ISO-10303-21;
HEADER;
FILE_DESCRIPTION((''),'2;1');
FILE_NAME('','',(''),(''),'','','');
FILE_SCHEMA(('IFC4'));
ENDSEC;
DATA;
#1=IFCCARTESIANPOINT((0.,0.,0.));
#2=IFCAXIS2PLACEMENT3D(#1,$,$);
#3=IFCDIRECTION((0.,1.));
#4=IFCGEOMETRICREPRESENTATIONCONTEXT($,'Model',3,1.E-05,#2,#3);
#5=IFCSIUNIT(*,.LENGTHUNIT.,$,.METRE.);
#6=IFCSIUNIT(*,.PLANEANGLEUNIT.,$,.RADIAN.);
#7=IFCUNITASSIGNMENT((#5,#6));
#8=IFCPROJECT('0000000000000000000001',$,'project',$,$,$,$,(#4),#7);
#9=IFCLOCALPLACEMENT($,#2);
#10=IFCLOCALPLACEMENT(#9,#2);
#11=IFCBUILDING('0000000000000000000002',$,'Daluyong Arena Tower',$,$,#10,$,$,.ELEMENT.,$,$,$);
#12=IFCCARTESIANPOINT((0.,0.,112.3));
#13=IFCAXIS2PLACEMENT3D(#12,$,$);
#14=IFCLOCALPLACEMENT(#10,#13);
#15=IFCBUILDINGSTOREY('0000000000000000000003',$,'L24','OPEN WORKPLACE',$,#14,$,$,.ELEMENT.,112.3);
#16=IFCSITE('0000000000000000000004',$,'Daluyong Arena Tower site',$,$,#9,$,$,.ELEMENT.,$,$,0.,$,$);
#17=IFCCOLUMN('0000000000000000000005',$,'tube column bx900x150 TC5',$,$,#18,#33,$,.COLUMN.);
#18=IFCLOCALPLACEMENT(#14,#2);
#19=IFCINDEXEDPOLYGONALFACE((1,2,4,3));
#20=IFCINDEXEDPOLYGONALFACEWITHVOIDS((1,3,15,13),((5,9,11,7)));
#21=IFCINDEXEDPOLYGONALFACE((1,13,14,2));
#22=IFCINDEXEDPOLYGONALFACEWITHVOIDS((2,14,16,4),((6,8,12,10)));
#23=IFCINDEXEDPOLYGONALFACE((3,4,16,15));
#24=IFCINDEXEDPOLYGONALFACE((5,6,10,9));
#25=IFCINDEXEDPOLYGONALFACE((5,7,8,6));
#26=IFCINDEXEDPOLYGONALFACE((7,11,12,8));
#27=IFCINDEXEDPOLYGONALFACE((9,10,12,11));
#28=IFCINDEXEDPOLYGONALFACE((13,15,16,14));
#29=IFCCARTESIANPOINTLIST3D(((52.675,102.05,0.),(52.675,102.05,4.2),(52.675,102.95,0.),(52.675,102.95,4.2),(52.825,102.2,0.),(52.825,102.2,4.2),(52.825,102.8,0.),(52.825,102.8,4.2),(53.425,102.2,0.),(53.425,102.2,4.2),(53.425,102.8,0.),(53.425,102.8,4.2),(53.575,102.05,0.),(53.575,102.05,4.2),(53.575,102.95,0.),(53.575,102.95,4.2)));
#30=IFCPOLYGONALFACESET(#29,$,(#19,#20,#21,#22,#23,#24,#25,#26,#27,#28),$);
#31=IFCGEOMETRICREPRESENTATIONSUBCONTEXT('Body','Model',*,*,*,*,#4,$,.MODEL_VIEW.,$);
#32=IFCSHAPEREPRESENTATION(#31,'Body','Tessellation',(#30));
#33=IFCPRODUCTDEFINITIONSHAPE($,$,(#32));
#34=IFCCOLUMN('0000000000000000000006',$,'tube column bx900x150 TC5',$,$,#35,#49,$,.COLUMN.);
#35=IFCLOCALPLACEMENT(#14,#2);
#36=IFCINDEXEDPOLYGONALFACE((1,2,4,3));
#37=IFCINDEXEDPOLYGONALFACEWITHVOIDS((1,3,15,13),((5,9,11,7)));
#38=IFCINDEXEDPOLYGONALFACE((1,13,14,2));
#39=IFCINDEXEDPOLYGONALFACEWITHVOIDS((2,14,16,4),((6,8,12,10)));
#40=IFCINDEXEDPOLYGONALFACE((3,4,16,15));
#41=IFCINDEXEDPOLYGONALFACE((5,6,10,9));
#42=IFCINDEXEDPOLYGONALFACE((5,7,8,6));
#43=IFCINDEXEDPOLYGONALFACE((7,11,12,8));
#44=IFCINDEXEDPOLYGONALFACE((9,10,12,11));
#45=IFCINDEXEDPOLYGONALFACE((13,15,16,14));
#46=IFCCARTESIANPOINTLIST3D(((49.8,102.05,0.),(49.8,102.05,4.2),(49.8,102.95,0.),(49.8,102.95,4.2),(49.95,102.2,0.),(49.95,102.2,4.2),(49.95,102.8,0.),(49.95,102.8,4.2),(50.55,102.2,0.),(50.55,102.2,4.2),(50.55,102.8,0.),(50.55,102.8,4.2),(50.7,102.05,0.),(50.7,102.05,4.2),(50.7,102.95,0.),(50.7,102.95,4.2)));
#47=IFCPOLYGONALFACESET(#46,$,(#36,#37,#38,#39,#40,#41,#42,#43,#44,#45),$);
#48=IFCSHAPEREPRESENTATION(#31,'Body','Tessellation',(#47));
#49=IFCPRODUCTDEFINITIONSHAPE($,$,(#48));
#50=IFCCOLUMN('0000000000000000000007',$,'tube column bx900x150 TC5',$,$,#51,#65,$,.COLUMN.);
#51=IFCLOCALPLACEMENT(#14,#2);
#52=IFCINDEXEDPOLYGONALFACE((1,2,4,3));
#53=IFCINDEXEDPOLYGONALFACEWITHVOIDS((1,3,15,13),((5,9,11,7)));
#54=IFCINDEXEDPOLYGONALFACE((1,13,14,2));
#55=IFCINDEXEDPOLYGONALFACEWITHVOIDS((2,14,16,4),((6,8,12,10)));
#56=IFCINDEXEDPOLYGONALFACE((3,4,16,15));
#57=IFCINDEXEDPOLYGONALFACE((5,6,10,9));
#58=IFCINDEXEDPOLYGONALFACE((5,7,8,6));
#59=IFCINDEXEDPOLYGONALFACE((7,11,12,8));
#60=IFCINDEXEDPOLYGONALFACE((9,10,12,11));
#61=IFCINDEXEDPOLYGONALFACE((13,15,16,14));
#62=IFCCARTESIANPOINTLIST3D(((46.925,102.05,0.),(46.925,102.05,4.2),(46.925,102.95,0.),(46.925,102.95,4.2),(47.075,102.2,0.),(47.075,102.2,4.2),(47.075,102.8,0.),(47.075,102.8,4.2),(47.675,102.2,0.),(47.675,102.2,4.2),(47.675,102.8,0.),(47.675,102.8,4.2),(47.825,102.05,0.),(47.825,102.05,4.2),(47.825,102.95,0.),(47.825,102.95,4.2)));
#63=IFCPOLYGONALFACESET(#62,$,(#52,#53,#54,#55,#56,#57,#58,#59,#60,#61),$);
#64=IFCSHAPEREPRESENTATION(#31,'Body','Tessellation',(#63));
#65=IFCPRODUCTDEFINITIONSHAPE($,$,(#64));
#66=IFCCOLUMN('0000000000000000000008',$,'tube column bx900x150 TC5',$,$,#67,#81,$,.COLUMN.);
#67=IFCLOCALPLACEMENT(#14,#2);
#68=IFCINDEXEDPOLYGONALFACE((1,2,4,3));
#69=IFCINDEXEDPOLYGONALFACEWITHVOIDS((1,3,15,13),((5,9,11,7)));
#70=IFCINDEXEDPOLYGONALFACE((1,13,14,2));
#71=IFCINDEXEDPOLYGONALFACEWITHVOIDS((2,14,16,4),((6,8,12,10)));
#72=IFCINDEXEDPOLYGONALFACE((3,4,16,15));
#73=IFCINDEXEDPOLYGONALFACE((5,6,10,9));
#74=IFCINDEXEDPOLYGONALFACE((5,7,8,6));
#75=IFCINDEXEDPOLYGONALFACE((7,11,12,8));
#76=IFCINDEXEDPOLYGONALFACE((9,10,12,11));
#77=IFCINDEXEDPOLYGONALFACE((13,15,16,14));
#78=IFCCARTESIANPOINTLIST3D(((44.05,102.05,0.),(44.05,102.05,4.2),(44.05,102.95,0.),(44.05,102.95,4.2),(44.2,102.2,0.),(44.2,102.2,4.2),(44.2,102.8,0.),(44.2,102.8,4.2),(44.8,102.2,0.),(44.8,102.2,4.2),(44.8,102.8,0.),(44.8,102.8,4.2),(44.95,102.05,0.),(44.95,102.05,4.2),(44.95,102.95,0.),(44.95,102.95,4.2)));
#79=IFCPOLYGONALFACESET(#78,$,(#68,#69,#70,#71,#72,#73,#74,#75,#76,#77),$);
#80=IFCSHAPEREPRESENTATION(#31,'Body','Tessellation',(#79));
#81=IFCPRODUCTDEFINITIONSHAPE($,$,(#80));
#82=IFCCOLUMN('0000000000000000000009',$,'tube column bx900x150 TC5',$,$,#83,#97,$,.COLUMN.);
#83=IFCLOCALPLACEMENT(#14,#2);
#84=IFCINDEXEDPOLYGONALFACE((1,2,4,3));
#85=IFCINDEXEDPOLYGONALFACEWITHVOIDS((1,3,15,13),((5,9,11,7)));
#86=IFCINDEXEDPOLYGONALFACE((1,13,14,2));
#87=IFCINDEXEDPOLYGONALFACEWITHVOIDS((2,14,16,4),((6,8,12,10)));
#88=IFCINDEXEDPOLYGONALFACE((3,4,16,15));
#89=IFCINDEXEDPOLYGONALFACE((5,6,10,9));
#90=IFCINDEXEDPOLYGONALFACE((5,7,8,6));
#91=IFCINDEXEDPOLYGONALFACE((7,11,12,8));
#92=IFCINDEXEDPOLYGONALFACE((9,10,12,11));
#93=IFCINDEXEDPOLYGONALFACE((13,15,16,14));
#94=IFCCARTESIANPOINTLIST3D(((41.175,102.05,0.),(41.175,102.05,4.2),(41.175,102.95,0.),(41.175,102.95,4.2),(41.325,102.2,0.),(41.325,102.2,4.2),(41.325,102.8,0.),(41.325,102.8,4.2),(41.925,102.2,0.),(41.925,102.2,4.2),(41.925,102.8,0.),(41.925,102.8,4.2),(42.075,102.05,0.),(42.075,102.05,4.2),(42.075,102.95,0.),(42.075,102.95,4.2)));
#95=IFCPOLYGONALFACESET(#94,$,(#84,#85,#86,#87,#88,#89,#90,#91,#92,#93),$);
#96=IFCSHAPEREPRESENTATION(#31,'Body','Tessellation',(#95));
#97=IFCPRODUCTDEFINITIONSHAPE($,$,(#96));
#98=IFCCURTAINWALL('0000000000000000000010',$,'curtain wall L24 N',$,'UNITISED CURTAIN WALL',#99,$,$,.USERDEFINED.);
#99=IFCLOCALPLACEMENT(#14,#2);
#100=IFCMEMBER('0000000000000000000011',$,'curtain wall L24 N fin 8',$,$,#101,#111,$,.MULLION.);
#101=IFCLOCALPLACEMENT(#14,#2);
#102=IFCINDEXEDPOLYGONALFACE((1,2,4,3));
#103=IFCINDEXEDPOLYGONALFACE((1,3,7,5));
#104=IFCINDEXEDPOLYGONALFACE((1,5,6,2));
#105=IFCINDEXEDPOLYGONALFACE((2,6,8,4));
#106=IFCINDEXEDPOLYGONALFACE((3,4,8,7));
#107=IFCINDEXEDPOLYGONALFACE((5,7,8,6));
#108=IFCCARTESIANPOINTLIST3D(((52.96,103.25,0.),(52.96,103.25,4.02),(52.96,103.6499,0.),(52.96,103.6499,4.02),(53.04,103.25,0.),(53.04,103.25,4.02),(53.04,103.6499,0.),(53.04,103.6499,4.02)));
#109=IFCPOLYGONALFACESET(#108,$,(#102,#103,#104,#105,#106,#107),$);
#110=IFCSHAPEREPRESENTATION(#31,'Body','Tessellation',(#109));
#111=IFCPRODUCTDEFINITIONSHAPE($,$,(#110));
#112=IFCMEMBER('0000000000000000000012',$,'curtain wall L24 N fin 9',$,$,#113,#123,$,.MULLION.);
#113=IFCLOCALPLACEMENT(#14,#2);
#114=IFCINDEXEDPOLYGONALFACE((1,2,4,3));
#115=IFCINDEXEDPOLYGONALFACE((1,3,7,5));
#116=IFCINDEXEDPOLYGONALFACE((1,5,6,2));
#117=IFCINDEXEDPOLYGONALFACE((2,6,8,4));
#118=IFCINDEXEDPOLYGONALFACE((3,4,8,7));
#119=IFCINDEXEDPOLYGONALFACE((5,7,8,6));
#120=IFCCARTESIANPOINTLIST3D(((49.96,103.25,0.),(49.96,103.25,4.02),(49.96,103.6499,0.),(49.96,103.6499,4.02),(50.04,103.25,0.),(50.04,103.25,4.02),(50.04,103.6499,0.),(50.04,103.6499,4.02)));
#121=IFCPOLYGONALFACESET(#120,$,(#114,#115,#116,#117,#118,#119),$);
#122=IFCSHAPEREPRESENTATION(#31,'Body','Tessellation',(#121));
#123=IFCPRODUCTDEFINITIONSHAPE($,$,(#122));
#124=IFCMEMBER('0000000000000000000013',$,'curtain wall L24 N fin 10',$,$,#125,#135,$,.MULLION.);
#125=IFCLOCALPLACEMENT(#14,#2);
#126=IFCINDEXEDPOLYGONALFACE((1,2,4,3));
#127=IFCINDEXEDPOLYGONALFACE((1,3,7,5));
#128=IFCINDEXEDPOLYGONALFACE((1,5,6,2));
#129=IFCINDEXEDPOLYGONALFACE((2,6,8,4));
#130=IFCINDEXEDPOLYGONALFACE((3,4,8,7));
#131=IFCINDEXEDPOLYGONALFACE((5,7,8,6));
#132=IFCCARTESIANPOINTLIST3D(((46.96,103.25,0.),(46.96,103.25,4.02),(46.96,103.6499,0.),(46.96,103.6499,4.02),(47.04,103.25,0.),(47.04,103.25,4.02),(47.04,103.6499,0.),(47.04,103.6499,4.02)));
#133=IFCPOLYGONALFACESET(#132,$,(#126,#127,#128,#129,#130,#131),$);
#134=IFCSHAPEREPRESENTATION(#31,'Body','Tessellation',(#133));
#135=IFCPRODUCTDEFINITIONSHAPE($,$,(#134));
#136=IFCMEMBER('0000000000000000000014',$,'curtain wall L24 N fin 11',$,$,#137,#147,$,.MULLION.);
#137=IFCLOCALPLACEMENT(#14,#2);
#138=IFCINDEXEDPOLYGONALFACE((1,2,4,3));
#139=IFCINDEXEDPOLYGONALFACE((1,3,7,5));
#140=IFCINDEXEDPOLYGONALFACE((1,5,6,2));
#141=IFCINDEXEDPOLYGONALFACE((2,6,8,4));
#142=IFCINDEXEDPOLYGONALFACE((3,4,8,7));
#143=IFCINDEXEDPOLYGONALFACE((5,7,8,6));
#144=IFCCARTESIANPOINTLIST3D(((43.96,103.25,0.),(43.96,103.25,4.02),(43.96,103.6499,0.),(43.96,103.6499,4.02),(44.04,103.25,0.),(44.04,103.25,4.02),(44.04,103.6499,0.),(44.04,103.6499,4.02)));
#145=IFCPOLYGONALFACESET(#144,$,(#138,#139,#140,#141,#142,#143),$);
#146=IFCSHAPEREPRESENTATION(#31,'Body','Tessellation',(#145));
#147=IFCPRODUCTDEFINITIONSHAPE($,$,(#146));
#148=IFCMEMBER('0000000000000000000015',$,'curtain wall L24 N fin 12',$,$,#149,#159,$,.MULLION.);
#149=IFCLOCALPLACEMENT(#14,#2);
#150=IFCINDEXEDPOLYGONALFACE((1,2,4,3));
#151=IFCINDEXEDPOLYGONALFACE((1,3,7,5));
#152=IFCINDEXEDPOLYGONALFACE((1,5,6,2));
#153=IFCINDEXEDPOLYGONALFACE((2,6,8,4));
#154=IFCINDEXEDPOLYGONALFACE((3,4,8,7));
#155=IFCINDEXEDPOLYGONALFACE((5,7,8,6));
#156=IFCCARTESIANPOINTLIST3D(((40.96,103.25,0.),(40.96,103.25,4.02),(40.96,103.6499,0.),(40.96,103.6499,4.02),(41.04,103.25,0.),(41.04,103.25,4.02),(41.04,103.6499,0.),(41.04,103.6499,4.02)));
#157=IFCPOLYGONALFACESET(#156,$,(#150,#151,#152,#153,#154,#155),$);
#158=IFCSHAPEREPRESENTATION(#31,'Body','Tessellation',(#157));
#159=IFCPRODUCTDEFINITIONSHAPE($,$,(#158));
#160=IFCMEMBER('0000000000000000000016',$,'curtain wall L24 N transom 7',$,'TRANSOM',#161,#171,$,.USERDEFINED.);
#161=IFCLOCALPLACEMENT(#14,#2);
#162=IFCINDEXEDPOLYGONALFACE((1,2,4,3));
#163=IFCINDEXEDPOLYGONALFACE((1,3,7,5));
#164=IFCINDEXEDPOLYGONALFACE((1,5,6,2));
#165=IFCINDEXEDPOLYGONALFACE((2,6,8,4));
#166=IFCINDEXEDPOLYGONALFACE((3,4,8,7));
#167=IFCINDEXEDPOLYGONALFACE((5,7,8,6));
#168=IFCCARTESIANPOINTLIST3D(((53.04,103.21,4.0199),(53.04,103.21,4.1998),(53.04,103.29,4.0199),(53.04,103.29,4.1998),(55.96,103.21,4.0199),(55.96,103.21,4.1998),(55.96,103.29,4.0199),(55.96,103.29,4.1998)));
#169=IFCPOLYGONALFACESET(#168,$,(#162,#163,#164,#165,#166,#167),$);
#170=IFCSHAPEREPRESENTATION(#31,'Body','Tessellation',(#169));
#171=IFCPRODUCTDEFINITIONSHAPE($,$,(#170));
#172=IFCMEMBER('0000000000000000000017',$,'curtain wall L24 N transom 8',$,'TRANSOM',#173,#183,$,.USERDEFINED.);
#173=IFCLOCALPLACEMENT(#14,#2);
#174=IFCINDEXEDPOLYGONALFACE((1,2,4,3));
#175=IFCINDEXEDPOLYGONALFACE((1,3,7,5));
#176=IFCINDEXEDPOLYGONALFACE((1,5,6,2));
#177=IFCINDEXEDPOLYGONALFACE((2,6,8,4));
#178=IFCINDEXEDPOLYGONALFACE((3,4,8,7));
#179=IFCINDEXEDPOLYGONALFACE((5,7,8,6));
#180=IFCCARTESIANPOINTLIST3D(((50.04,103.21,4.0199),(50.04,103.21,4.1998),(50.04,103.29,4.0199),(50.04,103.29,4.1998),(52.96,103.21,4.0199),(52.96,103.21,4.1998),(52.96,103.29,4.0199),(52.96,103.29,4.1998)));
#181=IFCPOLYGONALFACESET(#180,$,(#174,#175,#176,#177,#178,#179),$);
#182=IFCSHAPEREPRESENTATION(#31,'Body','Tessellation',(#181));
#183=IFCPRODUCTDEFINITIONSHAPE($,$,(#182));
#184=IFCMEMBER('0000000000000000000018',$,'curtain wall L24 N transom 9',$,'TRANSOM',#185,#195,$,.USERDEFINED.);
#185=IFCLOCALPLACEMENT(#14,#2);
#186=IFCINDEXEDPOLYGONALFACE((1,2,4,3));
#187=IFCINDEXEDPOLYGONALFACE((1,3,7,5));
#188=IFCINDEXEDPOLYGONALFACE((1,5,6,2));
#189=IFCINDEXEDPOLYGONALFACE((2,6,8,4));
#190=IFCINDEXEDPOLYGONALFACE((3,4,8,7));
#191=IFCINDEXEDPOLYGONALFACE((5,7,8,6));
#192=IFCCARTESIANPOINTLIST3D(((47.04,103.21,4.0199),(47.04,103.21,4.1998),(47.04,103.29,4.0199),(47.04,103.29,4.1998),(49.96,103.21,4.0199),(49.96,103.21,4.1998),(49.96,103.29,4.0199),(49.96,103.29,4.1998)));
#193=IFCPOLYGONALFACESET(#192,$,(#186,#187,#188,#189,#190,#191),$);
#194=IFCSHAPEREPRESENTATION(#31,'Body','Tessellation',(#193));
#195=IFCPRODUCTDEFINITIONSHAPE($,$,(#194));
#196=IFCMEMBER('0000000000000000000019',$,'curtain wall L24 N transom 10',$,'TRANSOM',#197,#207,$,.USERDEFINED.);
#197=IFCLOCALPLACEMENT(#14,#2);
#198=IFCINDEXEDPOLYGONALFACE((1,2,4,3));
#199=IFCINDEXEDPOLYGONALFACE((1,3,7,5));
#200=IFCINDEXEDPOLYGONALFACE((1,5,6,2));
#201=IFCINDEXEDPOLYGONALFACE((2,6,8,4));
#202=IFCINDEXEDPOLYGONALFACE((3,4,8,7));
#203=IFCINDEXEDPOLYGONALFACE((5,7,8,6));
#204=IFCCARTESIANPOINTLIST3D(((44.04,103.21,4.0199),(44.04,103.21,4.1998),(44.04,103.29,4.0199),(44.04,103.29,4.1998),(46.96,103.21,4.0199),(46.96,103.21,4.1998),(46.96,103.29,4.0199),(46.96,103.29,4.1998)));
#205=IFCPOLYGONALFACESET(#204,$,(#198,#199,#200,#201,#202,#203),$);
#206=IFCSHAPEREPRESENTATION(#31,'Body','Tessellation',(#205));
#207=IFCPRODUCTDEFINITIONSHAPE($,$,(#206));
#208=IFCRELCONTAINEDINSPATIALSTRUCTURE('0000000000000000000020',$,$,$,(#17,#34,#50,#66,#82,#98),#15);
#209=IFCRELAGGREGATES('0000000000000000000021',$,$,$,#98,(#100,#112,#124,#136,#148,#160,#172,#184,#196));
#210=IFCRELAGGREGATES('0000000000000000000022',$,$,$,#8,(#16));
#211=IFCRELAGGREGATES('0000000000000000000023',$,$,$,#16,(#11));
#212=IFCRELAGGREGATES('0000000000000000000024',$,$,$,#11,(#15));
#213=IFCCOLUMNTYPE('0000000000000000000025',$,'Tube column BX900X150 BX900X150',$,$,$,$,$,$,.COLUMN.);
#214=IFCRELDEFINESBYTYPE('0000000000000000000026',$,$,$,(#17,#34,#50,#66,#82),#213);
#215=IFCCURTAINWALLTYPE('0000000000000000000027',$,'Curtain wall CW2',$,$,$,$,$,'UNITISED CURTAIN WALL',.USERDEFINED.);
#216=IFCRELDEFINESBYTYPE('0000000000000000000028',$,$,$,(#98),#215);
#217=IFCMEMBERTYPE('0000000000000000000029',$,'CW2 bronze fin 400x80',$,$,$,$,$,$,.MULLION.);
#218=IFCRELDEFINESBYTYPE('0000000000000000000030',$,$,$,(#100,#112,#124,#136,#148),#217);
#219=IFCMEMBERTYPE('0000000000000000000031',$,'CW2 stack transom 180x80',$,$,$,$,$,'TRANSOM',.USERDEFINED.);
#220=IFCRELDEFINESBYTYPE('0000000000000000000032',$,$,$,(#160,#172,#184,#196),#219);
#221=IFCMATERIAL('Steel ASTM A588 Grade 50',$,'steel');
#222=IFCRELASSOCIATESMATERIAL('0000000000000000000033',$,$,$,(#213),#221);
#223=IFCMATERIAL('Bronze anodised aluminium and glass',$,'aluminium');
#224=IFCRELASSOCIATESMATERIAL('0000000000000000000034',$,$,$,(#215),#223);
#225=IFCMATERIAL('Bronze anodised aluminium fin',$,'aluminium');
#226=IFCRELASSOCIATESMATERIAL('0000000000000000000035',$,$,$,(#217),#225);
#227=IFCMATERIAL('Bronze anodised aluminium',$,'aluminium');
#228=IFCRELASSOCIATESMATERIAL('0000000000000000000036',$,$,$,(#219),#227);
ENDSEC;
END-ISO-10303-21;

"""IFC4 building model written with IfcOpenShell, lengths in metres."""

from ifc_helpers import new_model, si_unit, direction, frame, origin, origin_2d, place, context, subcontext, project, spatial, rectangle, hollow_rectangle, extrude, material, material_profile, profile_set, type_object, element, aggregate, save


model = new_model("IFC4")

# Units and contexts
model_context = context("Model", 3, precision=1e-05, world=origin(), true_north=direction((0.0, 1.0)))
body_context = subcontext(model_context, "Body", "Model", "MODEL_VIEW")
ifc_project = project(units=[si_unit("LENGTHUNIT", "METRE"), si_unit("PLANEANGLEUNIT", "RADIAN")], contexts=[model_context])

# Site, building, storey
site_placement = place(None, origin())
site = spatial("IfcSite", under=ifc_project, at=site_placement, Name="Daluyong Arena Tower site", CompositionType="ELEMENT", RefElevation=0.0)
building_placement = place(site_placement, origin())
building = spatial("IfcBuilding", under=site, at=building_placement, Name="Daluyong Arena Tower", CompositionType="ELEMENT")
storey_placement = place(building_placement, frame((0.0, 0.0, 112.3)))
storey = spatial("IfcBuildingStorey", under=building, at=storey_placement, Name="L24", Description="OPEN WORKPLACE", CompositionType="ELEMENT", Elevation=112.3)

# Columns
ifc_material_1 = material(Name="Steel ASTM A588 Grade 50", Category="steel")
ifc_material_profile_1 = material_profile(ifc_material_1, hollow_rectangle(XDim=0.8999, YDim=0.8999, WallThickness=0.15, at=origin_2d()))
ifc_profile_set_1 = profile_set([ifc_material_profile_1], Name="Steel ASTM A588 Grade 50")
column_type = type_object("IfcColumnType", Name="Tube column BX900X150 BX900X150", PredefinedType="COLUMN", material=ifc_profile_set_1)
for number, where, z_axis, x_axis, name in (
    (1, (53.125, 102.5, 0.0), (0.0, 0.0, 1.0), (1.0, 0.0, 0.0), "tube column bx900x150 TC5"),
    (2, (50.25, 102.5, 0.0), (0.0, 0.0, 1.0), (1.0, 0.0, 0.0), "tube column bx900x150 TC5"),
    (3, (47.375, 102.5, 0.0), (0.0, 0.0, 1.0), (1.0, 0.0, 0.0), "tube column bx900x150 TC5"),
    (4, (44.5, 102.5, 0.0), (0.0, 0.0, 1.0), (1.0, 0.0, 0.0), "tube column bx900x150 TC5"),
    (5, (41.625, 102.5, 0.0), (0.0, 0.0, 1.0), (1.0, 0.0, 0.0), "tube column bx900x150 TC5"),
):
    element("IfcColumn", number, at=place(storey_placement, frame(where, z_axis=z_axis, x_axis=x_axis)), inside=storey, type_object=column_type, Name=name, PredefinedType="COLUMN", context=body_context, shape_type="SweptSolid", body=[
        extrude(hollow_rectangle(XDim=0.8999, YDim=0.8999, WallThickness=0.15, at=origin_2d()), origin(), (0.0, 0.0, 1.0), 4.2),
    ])

# Curtain wall, members
ifc_material_2 = material(Name="Bronze anodised aluminium and glass", Category="aluminium")
curtain_wall_type = type_object("IfcCurtainWallType", Name="Curtain wall CW2", ElementType="UNITISED CURTAIN WALL", PredefinedType="USERDEFINED", material=ifc_material_2)
curtain_wall_placement = place(storey_placement, origin())
curtain_wall = element("IfcCurtainWall", 6, at=curtain_wall_placement, inside=storey, type_object=curtain_wall_type, Name="curtain wall L24 N", ObjectType="UNITISED CURTAIN WALL", PredefinedType="USERDEFINED")
ifc_material_3 = material(Name="Bronze anodised aluminium fin", Category="aluminium")
ifc_material_profile_2 = material_profile(ifc_material_3, rectangle(XDim=0.3999, YDim=0.0801, at=origin_2d()))
ifc_profile_set_2 = profile_set([ifc_material_profile_2], Name="Bronze anodised aluminium fin")
member_type_1 = type_object("IfcMemberType", Name="CW2 bronze fin 400x80", PredefinedType="MULLION", material=ifc_profile_set_2)
member_1_placement = place(storey_placement, frame((53.0, 103.45, 0.0), z_axis=(0.0, 0.0, 1.0), x_axis=(0.0, -1.0, 0.0)))
member_1 = element("IfcMember", 7, at=member_1_placement, type_object=member_type_1, Name="curtain wall L24 N fin 8", PredefinedType="MULLION", context=body_context, shape_type="SweptSolid", body=[
    extrude(rectangle(XDim=0.3999, YDim=0.0801, at=origin_2d()), origin(), (0.0, 0.0, 1.0), 4.02),
])
member_2_placement = place(storey_placement, frame((50.0, 103.45, 0.0), z_axis=(0.0, 0.0, 1.0), x_axis=(0.0, -1.0, 0.0)))
member_2 = element("IfcMember", 8, at=member_2_placement, type_object=member_type_1, Name="curtain wall L24 N fin 9", PredefinedType="MULLION", context=body_context, shape_type="SweptSolid", body=[
    extrude(rectangle(XDim=0.3999, YDim=0.0801, at=origin_2d()), origin(), (0.0, 0.0, 1.0), 4.02),
])
member_3_placement = place(storey_placement, frame((47.0, 103.45, 0.0), z_axis=(0.0, 0.0, 1.0), x_axis=(0.0, -1.0, 0.0)))
member_3 = element("IfcMember", 9, at=member_3_placement, type_object=member_type_1, Name="curtain wall L24 N fin 10", PredefinedType="MULLION", context=body_context, shape_type="SweptSolid", body=[
    extrude(rectangle(XDim=0.3999, YDim=0.0801, at=origin_2d()), origin(), (0.0, 0.0, 1.0), 4.02),
])
member_4_placement = place(storey_placement, frame((44.0, 103.45, 0.0), z_axis=(0.0, 0.0, 1.0), x_axis=(0.0, -1.0, 0.0)))
member_4 = element("IfcMember", 10, at=member_4_placement, type_object=member_type_1, Name="curtain wall L24 N fin 11", PredefinedType="MULLION", context=body_context, shape_type="SweptSolid", body=[
    extrude(rectangle(XDim=0.3999, YDim=0.0801, at=origin_2d()), origin(), (0.0, 0.0, 1.0), 4.02),
])
member_5_placement = place(storey_placement, frame((41.0, 103.45, 0.0), z_axis=(0.0, 0.0, 1.0), x_axis=(0.0, -1.0, 0.0)))
member_5 = element("IfcMember", 11, at=member_5_placement, type_object=member_type_1, Name="curtain wall L24 N fin 12", PredefinedType="MULLION", context=body_context, shape_type="SweptSolid", body=[
    extrude(rectangle(XDim=0.3999, YDim=0.0801, at=origin_2d()), origin(), (0.0, 0.0, 1.0), 4.02),
])
ifc_material_4 = material(Name="Bronze anodised aluminium", Category="aluminium")
ifc_material_profile_3 = material_profile(ifc_material_4, rectangle(XDim=0.0801, YDim=0.1799, at=origin_2d()))
ifc_profile_set_3 = profile_set([ifc_material_profile_3], Name="Bronze anodised aluminium")
member_type_2 = type_object("IfcMemberType", Name="CW2 stack transom 180x80", ElementType="TRANSOM", PredefinedType="USERDEFINED", material=ifc_profile_set_3)
member_6_placement = place(storey_placement, frame((55.96, 103.25, 4.1099), z_axis=(-1.0, 0.0, 0.0), x_axis=(0.0, -1.0, 0.0)))
member_6 = element("IfcMember", 12, at=member_6_placement, type_object=member_type_2, Name="curtain wall L24 N transom 7", ObjectType="TRANSOM", PredefinedType="USERDEFINED", context=body_context, shape_type="SweptSolid", body=[
    extrude(rectangle(XDim=0.0801, YDim=0.1799, at=origin_2d()), origin(), (0.0, 0.0, 1.0), 2.9199),
])
member_7_placement = place(storey_placement, frame((52.96, 103.25, 4.1099), z_axis=(-1.0, 0.0, 0.0), x_axis=(0.0, -1.0, 0.0)))
member_7 = element("IfcMember", 13, at=member_7_placement, type_object=member_type_2, Name="curtain wall L24 N transom 8", ObjectType="TRANSOM", PredefinedType="USERDEFINED", context=body_context, shape_type="SweptSolid", body=[
    extrude(rectangle(XDim=0.0801, YDim=0.1799, at=origin_2d()), origin(), (0.0, 0.0, 1.0), 2.9199),
])
member_8_placement = place(storey_placement, frame((49.96, 103.25, 4.1099), z_axis=(-1.0, 0.0, 0.0), x_axis=(0.0, -1.0, 0.0)))
member_8 = element("IfcMember", 14, at=member_8_placement, type_object=member_type_2, Name="curtain wall L24 N transom 9", ObjectType="TRANSOM", PredefinedType="USERDEFINED", context=body_context, shape_type="SweptSolid", body=[
    extrude(rectangle(XDim=0.0801, YDim=0.1799, at=origin_2d()), origin(), (0.0, 0.0, 1.0), 2.9199),
])
member_9_placement = place(storey_placement, frame((46.96, 103.25, 4.1099), z_axis=(-1.0, 0.0, 0.0), x_axis=(0.0, -1.0, 0.0)))
member_9 = element("IfcMember", 15, at=member_9_placement, type_object=member_type_2, Name="curtain wall L24 N transom 10", ObjectType="TRANSOM", PredefinedType="USERDEFINED", context=body_context, shape_type="SweptSolid", body=[
    extrude(rectangle(XDim=0.0801, YDim=0.1799, at=origin_2d()), origin(), (0.0, 0.0, 1.0), 2.9199),
])

aggregate(curtain_wall, [member_1, member_2, member_3, member_4, member_5, member_6, member_7, member_8, member_9])

save(model, "model.ifc")
